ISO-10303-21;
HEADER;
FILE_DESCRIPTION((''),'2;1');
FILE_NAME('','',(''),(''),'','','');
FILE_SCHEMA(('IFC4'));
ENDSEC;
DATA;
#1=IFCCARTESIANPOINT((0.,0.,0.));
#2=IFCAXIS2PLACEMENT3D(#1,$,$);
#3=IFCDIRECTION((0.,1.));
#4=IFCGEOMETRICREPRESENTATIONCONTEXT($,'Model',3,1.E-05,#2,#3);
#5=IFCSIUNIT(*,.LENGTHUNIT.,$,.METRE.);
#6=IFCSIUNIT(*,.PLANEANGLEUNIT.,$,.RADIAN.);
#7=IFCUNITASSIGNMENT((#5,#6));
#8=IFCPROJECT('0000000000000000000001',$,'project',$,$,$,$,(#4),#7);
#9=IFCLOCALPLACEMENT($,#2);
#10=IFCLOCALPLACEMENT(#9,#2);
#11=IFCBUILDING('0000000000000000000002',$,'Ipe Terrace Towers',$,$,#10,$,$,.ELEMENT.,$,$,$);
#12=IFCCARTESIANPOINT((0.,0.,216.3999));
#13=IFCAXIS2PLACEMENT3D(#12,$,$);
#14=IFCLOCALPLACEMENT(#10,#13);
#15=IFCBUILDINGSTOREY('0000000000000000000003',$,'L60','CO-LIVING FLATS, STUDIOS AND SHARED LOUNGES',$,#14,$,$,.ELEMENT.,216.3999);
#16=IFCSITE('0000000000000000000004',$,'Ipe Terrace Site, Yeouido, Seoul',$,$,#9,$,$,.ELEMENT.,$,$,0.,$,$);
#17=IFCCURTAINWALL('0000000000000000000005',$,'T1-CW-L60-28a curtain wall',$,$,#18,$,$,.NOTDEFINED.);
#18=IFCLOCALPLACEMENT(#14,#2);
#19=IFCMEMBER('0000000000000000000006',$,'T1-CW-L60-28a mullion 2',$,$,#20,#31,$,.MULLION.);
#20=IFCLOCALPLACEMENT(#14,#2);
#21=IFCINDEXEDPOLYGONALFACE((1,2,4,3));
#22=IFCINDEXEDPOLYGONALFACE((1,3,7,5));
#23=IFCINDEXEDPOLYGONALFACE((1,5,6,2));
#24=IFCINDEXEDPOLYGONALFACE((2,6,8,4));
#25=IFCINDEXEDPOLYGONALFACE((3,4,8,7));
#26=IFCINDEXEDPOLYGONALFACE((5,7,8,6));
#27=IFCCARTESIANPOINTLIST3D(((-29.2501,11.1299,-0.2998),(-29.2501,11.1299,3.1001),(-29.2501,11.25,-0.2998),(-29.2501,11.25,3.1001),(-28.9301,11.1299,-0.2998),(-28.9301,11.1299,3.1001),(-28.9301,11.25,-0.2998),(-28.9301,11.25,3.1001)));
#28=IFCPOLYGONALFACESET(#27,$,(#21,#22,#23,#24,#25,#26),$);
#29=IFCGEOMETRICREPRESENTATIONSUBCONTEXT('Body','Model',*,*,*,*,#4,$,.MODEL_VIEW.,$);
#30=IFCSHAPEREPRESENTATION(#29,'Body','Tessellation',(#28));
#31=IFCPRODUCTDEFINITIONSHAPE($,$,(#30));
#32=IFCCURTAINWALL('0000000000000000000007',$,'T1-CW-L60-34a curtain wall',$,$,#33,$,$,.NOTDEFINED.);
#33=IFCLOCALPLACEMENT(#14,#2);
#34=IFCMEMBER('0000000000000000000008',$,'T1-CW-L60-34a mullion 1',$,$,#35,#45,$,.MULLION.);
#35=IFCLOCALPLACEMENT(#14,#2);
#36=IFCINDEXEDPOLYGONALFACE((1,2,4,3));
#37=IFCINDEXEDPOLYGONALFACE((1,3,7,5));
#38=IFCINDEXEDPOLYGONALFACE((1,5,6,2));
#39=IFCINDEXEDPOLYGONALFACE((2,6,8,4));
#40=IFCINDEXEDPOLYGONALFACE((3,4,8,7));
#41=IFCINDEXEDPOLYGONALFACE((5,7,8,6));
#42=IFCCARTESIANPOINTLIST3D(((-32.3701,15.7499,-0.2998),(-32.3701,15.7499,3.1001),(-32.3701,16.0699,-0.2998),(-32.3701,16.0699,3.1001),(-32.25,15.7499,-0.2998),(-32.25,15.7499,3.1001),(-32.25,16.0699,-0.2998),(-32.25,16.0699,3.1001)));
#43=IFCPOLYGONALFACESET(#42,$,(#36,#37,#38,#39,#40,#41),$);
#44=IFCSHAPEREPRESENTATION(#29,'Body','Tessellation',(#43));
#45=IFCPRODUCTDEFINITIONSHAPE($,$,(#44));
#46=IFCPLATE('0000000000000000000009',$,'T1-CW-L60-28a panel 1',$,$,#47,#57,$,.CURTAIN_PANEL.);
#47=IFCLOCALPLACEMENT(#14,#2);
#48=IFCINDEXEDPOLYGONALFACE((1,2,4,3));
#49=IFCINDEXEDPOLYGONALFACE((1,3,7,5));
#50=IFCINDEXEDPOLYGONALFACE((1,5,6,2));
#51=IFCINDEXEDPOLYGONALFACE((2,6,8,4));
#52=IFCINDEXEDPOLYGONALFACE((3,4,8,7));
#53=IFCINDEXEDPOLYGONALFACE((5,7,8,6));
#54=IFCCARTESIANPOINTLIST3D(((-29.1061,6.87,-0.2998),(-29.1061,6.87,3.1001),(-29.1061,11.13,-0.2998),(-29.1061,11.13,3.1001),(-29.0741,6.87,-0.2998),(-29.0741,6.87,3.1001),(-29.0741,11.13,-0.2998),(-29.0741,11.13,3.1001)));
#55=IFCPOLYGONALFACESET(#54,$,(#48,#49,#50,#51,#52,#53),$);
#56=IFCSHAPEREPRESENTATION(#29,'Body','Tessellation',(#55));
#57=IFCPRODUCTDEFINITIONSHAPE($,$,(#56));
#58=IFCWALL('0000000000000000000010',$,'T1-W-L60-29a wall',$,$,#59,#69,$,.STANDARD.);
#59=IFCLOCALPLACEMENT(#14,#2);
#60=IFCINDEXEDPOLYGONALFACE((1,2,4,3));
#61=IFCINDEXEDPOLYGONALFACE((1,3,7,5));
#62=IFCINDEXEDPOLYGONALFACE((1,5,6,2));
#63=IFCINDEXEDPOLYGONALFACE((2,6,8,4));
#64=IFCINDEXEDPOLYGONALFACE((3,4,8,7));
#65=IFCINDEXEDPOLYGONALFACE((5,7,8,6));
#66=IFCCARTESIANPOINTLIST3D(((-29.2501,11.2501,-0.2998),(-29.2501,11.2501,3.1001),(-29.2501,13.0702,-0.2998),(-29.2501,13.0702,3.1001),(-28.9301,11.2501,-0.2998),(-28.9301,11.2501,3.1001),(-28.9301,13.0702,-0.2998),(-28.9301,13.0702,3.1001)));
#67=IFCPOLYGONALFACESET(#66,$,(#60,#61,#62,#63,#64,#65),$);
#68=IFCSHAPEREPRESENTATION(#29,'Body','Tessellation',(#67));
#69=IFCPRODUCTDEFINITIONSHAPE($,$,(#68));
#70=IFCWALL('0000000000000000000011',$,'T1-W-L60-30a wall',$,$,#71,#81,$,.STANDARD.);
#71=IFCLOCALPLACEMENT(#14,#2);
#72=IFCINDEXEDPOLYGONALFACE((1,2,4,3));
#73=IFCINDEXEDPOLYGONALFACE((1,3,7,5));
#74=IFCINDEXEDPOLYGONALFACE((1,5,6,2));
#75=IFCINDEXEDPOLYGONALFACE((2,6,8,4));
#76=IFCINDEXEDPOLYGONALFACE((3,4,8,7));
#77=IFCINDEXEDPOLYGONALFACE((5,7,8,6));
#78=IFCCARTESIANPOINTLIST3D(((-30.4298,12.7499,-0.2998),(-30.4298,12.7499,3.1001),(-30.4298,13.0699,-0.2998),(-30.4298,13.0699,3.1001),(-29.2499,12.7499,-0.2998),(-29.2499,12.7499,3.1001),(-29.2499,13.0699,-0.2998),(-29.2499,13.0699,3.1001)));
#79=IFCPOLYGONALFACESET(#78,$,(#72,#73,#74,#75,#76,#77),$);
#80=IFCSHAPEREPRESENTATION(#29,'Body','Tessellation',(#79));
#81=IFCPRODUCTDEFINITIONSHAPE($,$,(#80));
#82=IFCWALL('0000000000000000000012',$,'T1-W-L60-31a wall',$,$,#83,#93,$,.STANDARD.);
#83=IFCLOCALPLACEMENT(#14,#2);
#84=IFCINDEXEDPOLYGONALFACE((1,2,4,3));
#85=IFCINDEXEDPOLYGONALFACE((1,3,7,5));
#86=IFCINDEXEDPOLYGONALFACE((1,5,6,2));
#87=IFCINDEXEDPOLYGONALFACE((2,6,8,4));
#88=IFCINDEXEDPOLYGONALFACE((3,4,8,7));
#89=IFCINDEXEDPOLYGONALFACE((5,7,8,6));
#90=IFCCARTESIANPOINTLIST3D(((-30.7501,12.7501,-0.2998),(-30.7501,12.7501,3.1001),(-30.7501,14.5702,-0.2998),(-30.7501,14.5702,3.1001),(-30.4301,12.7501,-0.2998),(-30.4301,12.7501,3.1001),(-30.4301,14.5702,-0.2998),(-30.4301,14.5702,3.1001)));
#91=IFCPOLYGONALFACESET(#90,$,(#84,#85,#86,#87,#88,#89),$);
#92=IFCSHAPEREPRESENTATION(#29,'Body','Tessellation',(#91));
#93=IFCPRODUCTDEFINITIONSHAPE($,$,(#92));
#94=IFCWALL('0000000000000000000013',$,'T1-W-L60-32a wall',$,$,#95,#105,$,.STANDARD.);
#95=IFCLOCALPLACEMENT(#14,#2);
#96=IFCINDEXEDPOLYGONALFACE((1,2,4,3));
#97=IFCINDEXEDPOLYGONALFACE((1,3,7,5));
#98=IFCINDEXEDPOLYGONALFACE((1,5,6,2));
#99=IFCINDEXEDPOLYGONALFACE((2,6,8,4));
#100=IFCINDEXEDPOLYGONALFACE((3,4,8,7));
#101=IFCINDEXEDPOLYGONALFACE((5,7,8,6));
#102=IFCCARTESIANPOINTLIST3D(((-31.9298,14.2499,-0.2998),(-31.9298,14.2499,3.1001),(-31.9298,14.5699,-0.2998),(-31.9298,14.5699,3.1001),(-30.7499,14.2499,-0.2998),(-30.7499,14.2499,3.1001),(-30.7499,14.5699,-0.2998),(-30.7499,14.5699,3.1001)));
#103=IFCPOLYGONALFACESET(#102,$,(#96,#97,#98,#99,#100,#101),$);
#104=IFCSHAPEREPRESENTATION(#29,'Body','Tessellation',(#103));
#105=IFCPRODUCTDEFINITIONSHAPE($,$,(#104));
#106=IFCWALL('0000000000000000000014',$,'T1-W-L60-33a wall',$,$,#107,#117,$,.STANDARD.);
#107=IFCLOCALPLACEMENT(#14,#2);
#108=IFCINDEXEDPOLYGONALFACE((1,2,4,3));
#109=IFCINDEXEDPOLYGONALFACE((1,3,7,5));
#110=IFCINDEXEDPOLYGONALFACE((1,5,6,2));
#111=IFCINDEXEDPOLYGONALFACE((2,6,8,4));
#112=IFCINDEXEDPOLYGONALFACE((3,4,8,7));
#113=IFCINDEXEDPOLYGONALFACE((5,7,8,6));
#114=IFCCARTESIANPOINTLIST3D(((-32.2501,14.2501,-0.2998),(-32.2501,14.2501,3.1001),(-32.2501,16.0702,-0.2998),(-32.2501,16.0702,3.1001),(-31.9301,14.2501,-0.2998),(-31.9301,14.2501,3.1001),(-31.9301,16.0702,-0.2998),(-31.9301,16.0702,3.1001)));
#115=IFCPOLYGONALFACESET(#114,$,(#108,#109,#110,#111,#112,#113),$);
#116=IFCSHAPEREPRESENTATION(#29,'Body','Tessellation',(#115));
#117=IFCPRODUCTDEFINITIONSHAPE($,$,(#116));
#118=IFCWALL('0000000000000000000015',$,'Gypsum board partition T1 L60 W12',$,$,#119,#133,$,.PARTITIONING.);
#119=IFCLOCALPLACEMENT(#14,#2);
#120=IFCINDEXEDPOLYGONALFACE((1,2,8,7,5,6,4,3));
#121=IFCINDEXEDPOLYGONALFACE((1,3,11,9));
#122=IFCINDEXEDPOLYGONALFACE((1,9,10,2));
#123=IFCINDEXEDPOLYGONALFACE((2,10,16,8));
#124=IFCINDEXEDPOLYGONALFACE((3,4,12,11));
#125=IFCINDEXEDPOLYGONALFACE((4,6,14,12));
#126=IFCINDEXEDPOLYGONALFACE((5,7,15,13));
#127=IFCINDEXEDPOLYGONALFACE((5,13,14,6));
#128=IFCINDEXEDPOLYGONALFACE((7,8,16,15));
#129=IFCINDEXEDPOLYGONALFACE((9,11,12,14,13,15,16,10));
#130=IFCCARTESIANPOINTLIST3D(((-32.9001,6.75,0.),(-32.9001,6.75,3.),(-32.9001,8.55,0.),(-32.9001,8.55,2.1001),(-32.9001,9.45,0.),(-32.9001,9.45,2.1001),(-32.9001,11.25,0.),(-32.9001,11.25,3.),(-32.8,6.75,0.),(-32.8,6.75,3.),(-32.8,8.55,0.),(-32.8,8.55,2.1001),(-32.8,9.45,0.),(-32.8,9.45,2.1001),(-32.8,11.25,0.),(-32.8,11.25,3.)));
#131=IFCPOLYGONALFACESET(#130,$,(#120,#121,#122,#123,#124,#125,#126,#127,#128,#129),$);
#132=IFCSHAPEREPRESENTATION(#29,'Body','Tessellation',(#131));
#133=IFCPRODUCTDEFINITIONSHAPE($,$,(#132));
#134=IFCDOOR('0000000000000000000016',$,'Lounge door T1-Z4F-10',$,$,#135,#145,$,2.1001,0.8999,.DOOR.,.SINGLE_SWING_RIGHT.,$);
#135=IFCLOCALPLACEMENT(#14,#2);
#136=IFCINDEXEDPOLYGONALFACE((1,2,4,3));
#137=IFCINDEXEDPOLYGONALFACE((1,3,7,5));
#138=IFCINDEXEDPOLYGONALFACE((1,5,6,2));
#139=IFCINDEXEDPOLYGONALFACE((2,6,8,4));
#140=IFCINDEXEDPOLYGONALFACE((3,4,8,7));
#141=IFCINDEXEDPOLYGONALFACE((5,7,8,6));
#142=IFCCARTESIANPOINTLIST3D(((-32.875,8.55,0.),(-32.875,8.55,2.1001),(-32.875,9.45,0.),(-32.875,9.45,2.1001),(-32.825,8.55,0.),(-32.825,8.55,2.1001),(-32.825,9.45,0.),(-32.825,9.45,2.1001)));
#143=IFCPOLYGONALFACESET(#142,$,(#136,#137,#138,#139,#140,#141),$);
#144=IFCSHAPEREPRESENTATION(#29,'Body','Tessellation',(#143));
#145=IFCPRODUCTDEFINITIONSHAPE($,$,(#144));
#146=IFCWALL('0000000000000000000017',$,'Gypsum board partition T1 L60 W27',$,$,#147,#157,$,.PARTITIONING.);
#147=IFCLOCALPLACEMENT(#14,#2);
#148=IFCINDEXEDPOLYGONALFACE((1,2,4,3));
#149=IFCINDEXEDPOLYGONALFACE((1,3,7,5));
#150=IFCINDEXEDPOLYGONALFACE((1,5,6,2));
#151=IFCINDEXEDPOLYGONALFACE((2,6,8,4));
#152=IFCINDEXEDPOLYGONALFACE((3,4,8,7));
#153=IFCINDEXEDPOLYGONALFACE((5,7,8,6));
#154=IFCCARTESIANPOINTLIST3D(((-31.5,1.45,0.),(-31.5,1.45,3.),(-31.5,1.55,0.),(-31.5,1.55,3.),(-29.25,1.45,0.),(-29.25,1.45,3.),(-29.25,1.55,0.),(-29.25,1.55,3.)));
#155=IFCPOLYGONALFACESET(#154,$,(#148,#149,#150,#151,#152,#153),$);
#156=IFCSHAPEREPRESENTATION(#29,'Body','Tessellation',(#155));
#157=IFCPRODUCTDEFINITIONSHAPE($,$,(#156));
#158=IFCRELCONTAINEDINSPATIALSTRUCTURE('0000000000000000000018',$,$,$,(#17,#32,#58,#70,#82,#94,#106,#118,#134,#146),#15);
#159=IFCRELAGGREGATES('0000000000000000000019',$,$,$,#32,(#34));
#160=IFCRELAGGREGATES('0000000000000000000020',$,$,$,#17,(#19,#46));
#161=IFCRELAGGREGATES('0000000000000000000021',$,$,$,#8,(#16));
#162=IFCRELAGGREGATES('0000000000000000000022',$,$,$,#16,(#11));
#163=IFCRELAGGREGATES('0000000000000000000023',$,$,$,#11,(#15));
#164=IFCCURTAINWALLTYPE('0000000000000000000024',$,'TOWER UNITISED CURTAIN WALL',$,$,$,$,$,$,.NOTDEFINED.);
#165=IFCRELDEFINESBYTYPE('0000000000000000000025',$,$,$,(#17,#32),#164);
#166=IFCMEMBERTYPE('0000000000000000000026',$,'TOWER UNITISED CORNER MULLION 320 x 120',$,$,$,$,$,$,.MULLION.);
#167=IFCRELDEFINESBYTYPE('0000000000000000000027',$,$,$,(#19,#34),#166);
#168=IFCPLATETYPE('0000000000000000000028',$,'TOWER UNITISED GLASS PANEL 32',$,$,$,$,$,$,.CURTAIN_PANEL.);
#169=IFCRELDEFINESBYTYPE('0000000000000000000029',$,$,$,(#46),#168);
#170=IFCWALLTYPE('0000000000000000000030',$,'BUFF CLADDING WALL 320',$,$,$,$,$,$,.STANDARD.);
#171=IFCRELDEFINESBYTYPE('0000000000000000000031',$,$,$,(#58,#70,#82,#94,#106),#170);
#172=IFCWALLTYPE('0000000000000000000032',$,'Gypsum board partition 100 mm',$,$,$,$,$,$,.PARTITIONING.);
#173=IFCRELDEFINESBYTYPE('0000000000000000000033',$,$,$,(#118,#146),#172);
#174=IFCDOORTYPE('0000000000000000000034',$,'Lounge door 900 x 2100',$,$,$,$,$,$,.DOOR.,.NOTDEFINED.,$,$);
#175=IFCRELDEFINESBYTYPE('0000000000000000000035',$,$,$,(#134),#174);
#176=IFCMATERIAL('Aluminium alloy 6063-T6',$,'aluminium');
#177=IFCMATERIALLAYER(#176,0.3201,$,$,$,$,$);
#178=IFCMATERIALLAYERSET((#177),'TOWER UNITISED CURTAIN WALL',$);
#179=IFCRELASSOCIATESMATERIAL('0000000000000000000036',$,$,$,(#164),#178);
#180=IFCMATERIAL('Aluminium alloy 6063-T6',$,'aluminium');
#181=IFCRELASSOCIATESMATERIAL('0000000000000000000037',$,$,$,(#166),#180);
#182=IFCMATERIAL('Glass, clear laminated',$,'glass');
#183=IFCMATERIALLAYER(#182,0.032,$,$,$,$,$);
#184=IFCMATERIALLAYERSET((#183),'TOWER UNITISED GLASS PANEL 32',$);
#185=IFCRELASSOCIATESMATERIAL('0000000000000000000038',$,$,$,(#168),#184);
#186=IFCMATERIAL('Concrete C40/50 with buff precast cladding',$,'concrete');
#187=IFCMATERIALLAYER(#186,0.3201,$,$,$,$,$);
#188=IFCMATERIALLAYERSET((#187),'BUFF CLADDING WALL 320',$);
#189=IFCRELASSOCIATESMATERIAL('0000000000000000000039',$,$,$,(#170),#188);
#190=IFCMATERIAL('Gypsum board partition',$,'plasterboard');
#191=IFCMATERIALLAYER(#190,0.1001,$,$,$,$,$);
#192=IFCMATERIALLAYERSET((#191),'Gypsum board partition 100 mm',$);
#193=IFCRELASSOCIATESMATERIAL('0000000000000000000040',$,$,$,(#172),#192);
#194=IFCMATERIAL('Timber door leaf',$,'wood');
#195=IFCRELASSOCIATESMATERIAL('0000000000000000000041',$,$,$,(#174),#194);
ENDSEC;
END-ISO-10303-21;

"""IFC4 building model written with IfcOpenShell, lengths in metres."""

from ifc_helpers import new_model, si_unit, direction, frame, frame_2d, origin, origin_2d, place, context, subcontext, project, spatial, rectangle, extrude, material, layer, layer_set, material_profile, profile_set, type_object, element, fill, aggregate, save


model = new_model("IFC4")

# Units and contexts
model_context = context("Model", 3, precision=1e-05, world=origin(), true_north=direction((0.0, 1.0)))
body_context = subcontext(model_context, "Body", "Model", "MODEL_VIEW")
ifc_project = project(units=[si_unit("LENGTHUNIT", "METRE"), si_unit("PLANEANGLEUNIT", "RADIAN")], contexts=[model_context])

# Site, building, storey
site_placement = place(None, origin())
site = spatial("IfcSite", under=ifc_project, at=site_placement, Name="Ipe Terrace Site, Yeouido, Seoul", CompositionType="ELEMENT", RefElevation=0.0)
building_placement = place(site_placement, origin())
building = spatial("IfcBuilding", under=site, at=building_placement, Name="Ipe Terrace Towers", CompositionType="ELEMENT")
storey_placement = place(building_placement, frame((0.0, 0.0, 216.3999)))
storey = spatial("IfcBuildingStorey", under=building, at=storey_placement, Name="L60", Description="CO-LIVING FLATS, STUDIOS AND SHARED LOUNGES", CompositionType="ELEMENT", Elevation=216.3999)

# Curtain wall, member
ifc_material_1 = material(Name="Aluminium alloy 6063-T6", Category="aluminium")
ifc_layer_1 = layer(ifc_material_1, 0.3201)
ifc_layer_set_1 = layer_set([ifc_layer_1], Name="TOWER UNITISED CURTAIN WALL")
curtain_wall_type = type_object("IfcCurtainWallType", Name="TOWER UNITISED CURTAIN WALL", PredefinedType="NOTDEFINED", material=ifc_layer_set_1)
curtain_wall_1_placement = place(storey_placement, origin())
curtain_wall_1 = element("IfcCurtainWall", 1, at=curtain_wall_1_placement, inside=storey, type_object=curtain_wall_type, Name="T1-CW-L60-28a curtain wall", PredefinedType="NOTDEFINED")
ifc_material_2 = material(Name="Aluminium alloy 6063-T6", Category="aluminium")
ifc_material_profile_1 = material_profile(ifc_material_2, rectangle(XDim=0.3201, YDim=0.1201, at=origin_2d()), Name="TOWER UNITISED CORNER MULLION 320 x 120")
ifc_profile_set_1 = profile_set([ifc_material_profile_1], Name="Aluminium alloy 6063-T6")
member_type = type_object("IfcMemberType", Name="TOWER UNITISED CORNER MULLION 320 x 120", PredefinedType="MULLION", material=ifc_profile_set_1)
member_1_placement = place(storey_placement, frame((-29.0901, 11.1899, -0.2998), z_axis=(0.0, 0.0, 1.0), x_axis=(1.0, 0.0, 0.0)))
member_1 = element("IfcMember", 2, at=member_1_placement, type_object=member_type, Name="T1-CW-L60-28a mullion 2", PredefinedType="MULLION", context=body_context, shape_type="SweptSolid", body=[
    extrude(rectangle(XDim=0.3201, YDim=0.1201, at=origin_2d()), origin(), (0.0, 0.0, 1.0), 3.3999),
])

# Curtain wall, member
curtain_wall_2_placement = place(storey_placement, origin())
curtain_wall_2 = element("IfcCurtainWall", 3, at=curtain_wall_2_placement, inside=storey, type_object=curtain_wall_type, Name="T1-CW-L60-34a curtain wall", PredefinedType="NOTDEFINED")
member_2_placement = place(storey_placement, frame((-32.3101, 15.9099, -0.2998), z_axis=(0.0, 0.0, 1.0), x_axis=(0.0, 1.0, 0.0)))
member_2 = element("IfcMember", 4, at=member_2_placement, type_object=member_type, Name="T1-CW-L60-34a mullion 1", PredefinedType="MULLION", context=body_context, shape_type="SweptSolid", body=[
    extrude(rectangle(XDim=0.3201, YDim=0.1201, at=origin_2d()), origin(), (0.0, 0.0, 1.0), 3.3999),
])
aggregate(curtain_wall_2, [member_2])

# Plate
ifc_material_3 = material(Name="Glass, clear laminated", Category="glass")
ifc_layer_2 = layer(ifc_material_3, 0.032)
ifc_layer_set_2 = layer_set([ifc_layer_2], Name="TOWER UNITISED GLASS PANEL 32")
plate_type = type_object("IfcPlateType", Name="TOWER UNITISED GLASS PANEL 32", PredefinedType="CURTAIN_PANEL", material=ifc_layer_set_2)
plate_placement = place(storey_placement, frame((-29.0901, 9.0, -0.2998), z_axis=(0.0, 0.0, 1.0), x_axis=(0.0, 1.0, 0.0)))
plate = element("IfcPlate", 5, at=plate_placement, type_object=plate_type, Name="T1-CW-L60-28a panel 1", PredefinedType="CURTAIN_PANEL", context=body_context, shape_type="SweptSolid", body=[
    extrude(rectangle(XDim=4.26, YDim=0.032, at=origin_2d()), origin(), (0.0, 0.0, 1.0), 3.3999),
])
aggregate(curtain_wall_1, [member_1, plate])

# Walls
ifc_material_4 = material(Name="Concrete C40/50 with buff precast cladding", Category="concrete")
ifc_layer_3 = layer(ifc_material_4, 0.3201)
ifc_layer_set_3 = layer_set([ifc_layer_3], Name="BUFF CLADDING WALL 320")
wall_type_1 = type_object("IfcWallType", Name="BUFF CLADDING WALL 320", PredefinedType="STANDARD", material=ifc_layer_set_3)
wall_1_placement = place(storey_placement, frame((-29.0901, 11.25, -0.2998), z_axis=(0.0, 0.0, 1.0), x_axis=(0.0, 1.0, 0.0)))
element("IfcWall", 6, at=wall_1_placement, inside=storey, type_object=wall_type_1, Name="T1-W-L60-29a wall", PredefinedType="STANDARD", context=body_context, shape_type="SweptSolid", body=[
    extrude(rectangle(XDim=1.8201, YDim=0.3201, at=frame_2d((0.9102, 0.0))), origin(), (0.0, 0.0, 1.0), 3.3999),
])
wall_2_placement = place(storey_placement, frame((-29.25, 12.9099, -0.2998), z_axis=(0.0, 0.0, 1.0), x_axis=(-1.0, 0.0, 0.0)))
element("IfcWall", 7, at=wall_2_placement, inside=storey, type_object=wall_type_1, Name="T1-W-L60-30a wall", PredefinedType="STANDARD", context=body_context, shape_type="SweptSolid", body=[
    extrude(rectangle(XDim=1.1799, YDim=0.3201, at=frame_2d((0.5898, 0.0))), origin(), (0.0, 0.0, 1.0), 3.3999),
])
wall_3_placement = place(storey_placement, frame((-30.5901, 12.75, -0.2998), z_axis=(0.0, 0.0, 1.0), x_axis=(0.0, 1.0, 0.0)))
element("IfcWall", 8, at=wall_3_placement, inside=storey, type_object=wall_type_1, Name="T1-W-L60-31a wall", PredefinedType="STANDARD", context=body_context, shape_type="SweptSolid", body=[
    extrude(rectangle(XDim=1.8201, YDim=0.3201, at=frame_2d((0.9102, 0.0))), origin(), (0.0, 0.0, 1.0), 3.3999),
])
wall_4_placement = place(storey_placement, frame((-30.75, 14.4099, -0.2998), z_axis=(0.0, 0.0, 1.0), x_axis=(-1.0, 0.0, 0.0)))
element("IfcWall", 9, at=wall_4_placement, inside=storey, type_object=wall_type_1, Name="T1-W-L60-32a wall", PredefinedType="STANDARD", context=body_context, shape_type="SweptSolid", body=[
    extrude(rectangle(XDim=1.1799, YDim=0.3201, at=frame_2d((0.5898, 0.0))), origin(), (0.0, 0.0, 1.0), 3.3999),
])
wall_5_placement = place(storey_placement, frame((-32.0901, 14.25, -0.2998), z_axis=(0.0, 0.0, 1.0), x_axis=(0.0, 1.0, 0.0)))
element("IfcWall", 10, at=wall_5_placement, inside=storey, type_object=wall_type_1, Name="T1-W-L60-33a wall", PredefinedType="STANDARD", context=body_context, shape_type="SweptSolid", body=[
    extrude(rectangle(XDim=1.8201, YDim=0.3201, at=frame_2d((0.9102, 0.0))), origin(), (0.0, 0.0, 1.0), 3.3999),
])

# Wall, opening, door
ifc_material_5 = material(Name="Gypsum board partition", Category="plasterboard")
ifc_layer_4 = layer(ifc_material_5, 0.1001)
ifc_layer_set_4 = layer_set([ifc_layer_4], Name="Gypsum board partition 100 mm")
wall_type_2 = type_object("IfcWallType", Name="Gypsum board partition 100 mm", PredefinedType="PARTITIONING", material=ifc_layer_set_4)
wall_6_placement = place(storey_placement, frame((-32.8501, 6.75, 0.0), z_axis=(0.0, 0.0, 1.0), x_axis=(0.0, 1.0, 0.0)))
wall_6 = element("IfcWall", 11, at=wall_6_placement, inside=storey, type_object=wall_type_2, Name="Gypsum board partition T1 L60 W12", PredefinedType="PARTITIONING", context=body_context, shape_type="SweptSolid", body=[
    extrude(rectangle(XDim=4.5, YDim=0.1001, at=frame_2d((2.25, 0.0))), origin(), (0.0, 0.0, 1.0), 3.0),
])
opening_1_placement = place(wall_6_placement, frame((1.8, 0.0, 0.0)))
opening_1 = element("IfcOpeningElement", 12, at=opening_1_placement, cuts=wall_6, PredefinedType="OPENING", context=body_context, shape_type="SweptSolid", body=[
    extrude(rectangle(XDim=0.8999, YDim=2.1001, at=frame_2d((0.45, 1.05))), frame((0.0, 0.0601, 0.0), z_axis=(0.0, -1.0, 0.0), x_axis=(1.0, 0.0, 0.0)), (0.0, 0.0, 1.0), 0.1201),
])
ifc_material_6 = material(Name="Timber door leaf", Category="wood")
door_type_1 = type_object("IfcDoorType", Name="Lounge door 900 x 2100", OperationType="NOTDEFINED", PredefinedType="DOOR", material=ifc_material_6)
door_1_placement = place(opening_1_placement, origin())
door_1 = element("IfcDoor", 13, at=door_1_placement, inside=storey, type_object=door_type_1, Name="Lounge door T1-Z4F-10", OperationType="SINGLE_SWING_RIGHT", OverallHeight=2.1001, OverallWidth=0.8999, PredefinedType="DOOR", context=body_context, shape_type="SweptSolid", body=[
    extrude(rectangle(XDim=0.8999, YDim=2.1001, at=frame_2d((0.45, 1.05))), frame((0.0, 0.0249, 0.0), z_axis=(0.0, -1.0, 0.0), x_axis=(1.0, 0.0, 0.0)), (0.0, 0.0, 1.0), 0.05),
])
fill(opening_1, door_1)

# Wall
wall_7_placement = place(storey_placement, frame((-31.5, 1.5, 0.0), z_axis=(0.0, 0.0, 1.0), x_axis=(1.0, 0.0, 0.0)))
element("IfcWall", 14, at=wall_7_placement, inside=storey, type_object=wall_type_2, Name="Gypsum board partition T1 L60 W27", PredefinedType="PARTITIONING", context=body_context, shape_type="SweptSolid", body=[
    extrude(rectangle(XDim=2.25, YDim=0.1001, at=frame_2d((1.125, 0.0))), origin(), (0.0, 0.0, 1.0), 3.0),
])

save(model, "model.ifc")
